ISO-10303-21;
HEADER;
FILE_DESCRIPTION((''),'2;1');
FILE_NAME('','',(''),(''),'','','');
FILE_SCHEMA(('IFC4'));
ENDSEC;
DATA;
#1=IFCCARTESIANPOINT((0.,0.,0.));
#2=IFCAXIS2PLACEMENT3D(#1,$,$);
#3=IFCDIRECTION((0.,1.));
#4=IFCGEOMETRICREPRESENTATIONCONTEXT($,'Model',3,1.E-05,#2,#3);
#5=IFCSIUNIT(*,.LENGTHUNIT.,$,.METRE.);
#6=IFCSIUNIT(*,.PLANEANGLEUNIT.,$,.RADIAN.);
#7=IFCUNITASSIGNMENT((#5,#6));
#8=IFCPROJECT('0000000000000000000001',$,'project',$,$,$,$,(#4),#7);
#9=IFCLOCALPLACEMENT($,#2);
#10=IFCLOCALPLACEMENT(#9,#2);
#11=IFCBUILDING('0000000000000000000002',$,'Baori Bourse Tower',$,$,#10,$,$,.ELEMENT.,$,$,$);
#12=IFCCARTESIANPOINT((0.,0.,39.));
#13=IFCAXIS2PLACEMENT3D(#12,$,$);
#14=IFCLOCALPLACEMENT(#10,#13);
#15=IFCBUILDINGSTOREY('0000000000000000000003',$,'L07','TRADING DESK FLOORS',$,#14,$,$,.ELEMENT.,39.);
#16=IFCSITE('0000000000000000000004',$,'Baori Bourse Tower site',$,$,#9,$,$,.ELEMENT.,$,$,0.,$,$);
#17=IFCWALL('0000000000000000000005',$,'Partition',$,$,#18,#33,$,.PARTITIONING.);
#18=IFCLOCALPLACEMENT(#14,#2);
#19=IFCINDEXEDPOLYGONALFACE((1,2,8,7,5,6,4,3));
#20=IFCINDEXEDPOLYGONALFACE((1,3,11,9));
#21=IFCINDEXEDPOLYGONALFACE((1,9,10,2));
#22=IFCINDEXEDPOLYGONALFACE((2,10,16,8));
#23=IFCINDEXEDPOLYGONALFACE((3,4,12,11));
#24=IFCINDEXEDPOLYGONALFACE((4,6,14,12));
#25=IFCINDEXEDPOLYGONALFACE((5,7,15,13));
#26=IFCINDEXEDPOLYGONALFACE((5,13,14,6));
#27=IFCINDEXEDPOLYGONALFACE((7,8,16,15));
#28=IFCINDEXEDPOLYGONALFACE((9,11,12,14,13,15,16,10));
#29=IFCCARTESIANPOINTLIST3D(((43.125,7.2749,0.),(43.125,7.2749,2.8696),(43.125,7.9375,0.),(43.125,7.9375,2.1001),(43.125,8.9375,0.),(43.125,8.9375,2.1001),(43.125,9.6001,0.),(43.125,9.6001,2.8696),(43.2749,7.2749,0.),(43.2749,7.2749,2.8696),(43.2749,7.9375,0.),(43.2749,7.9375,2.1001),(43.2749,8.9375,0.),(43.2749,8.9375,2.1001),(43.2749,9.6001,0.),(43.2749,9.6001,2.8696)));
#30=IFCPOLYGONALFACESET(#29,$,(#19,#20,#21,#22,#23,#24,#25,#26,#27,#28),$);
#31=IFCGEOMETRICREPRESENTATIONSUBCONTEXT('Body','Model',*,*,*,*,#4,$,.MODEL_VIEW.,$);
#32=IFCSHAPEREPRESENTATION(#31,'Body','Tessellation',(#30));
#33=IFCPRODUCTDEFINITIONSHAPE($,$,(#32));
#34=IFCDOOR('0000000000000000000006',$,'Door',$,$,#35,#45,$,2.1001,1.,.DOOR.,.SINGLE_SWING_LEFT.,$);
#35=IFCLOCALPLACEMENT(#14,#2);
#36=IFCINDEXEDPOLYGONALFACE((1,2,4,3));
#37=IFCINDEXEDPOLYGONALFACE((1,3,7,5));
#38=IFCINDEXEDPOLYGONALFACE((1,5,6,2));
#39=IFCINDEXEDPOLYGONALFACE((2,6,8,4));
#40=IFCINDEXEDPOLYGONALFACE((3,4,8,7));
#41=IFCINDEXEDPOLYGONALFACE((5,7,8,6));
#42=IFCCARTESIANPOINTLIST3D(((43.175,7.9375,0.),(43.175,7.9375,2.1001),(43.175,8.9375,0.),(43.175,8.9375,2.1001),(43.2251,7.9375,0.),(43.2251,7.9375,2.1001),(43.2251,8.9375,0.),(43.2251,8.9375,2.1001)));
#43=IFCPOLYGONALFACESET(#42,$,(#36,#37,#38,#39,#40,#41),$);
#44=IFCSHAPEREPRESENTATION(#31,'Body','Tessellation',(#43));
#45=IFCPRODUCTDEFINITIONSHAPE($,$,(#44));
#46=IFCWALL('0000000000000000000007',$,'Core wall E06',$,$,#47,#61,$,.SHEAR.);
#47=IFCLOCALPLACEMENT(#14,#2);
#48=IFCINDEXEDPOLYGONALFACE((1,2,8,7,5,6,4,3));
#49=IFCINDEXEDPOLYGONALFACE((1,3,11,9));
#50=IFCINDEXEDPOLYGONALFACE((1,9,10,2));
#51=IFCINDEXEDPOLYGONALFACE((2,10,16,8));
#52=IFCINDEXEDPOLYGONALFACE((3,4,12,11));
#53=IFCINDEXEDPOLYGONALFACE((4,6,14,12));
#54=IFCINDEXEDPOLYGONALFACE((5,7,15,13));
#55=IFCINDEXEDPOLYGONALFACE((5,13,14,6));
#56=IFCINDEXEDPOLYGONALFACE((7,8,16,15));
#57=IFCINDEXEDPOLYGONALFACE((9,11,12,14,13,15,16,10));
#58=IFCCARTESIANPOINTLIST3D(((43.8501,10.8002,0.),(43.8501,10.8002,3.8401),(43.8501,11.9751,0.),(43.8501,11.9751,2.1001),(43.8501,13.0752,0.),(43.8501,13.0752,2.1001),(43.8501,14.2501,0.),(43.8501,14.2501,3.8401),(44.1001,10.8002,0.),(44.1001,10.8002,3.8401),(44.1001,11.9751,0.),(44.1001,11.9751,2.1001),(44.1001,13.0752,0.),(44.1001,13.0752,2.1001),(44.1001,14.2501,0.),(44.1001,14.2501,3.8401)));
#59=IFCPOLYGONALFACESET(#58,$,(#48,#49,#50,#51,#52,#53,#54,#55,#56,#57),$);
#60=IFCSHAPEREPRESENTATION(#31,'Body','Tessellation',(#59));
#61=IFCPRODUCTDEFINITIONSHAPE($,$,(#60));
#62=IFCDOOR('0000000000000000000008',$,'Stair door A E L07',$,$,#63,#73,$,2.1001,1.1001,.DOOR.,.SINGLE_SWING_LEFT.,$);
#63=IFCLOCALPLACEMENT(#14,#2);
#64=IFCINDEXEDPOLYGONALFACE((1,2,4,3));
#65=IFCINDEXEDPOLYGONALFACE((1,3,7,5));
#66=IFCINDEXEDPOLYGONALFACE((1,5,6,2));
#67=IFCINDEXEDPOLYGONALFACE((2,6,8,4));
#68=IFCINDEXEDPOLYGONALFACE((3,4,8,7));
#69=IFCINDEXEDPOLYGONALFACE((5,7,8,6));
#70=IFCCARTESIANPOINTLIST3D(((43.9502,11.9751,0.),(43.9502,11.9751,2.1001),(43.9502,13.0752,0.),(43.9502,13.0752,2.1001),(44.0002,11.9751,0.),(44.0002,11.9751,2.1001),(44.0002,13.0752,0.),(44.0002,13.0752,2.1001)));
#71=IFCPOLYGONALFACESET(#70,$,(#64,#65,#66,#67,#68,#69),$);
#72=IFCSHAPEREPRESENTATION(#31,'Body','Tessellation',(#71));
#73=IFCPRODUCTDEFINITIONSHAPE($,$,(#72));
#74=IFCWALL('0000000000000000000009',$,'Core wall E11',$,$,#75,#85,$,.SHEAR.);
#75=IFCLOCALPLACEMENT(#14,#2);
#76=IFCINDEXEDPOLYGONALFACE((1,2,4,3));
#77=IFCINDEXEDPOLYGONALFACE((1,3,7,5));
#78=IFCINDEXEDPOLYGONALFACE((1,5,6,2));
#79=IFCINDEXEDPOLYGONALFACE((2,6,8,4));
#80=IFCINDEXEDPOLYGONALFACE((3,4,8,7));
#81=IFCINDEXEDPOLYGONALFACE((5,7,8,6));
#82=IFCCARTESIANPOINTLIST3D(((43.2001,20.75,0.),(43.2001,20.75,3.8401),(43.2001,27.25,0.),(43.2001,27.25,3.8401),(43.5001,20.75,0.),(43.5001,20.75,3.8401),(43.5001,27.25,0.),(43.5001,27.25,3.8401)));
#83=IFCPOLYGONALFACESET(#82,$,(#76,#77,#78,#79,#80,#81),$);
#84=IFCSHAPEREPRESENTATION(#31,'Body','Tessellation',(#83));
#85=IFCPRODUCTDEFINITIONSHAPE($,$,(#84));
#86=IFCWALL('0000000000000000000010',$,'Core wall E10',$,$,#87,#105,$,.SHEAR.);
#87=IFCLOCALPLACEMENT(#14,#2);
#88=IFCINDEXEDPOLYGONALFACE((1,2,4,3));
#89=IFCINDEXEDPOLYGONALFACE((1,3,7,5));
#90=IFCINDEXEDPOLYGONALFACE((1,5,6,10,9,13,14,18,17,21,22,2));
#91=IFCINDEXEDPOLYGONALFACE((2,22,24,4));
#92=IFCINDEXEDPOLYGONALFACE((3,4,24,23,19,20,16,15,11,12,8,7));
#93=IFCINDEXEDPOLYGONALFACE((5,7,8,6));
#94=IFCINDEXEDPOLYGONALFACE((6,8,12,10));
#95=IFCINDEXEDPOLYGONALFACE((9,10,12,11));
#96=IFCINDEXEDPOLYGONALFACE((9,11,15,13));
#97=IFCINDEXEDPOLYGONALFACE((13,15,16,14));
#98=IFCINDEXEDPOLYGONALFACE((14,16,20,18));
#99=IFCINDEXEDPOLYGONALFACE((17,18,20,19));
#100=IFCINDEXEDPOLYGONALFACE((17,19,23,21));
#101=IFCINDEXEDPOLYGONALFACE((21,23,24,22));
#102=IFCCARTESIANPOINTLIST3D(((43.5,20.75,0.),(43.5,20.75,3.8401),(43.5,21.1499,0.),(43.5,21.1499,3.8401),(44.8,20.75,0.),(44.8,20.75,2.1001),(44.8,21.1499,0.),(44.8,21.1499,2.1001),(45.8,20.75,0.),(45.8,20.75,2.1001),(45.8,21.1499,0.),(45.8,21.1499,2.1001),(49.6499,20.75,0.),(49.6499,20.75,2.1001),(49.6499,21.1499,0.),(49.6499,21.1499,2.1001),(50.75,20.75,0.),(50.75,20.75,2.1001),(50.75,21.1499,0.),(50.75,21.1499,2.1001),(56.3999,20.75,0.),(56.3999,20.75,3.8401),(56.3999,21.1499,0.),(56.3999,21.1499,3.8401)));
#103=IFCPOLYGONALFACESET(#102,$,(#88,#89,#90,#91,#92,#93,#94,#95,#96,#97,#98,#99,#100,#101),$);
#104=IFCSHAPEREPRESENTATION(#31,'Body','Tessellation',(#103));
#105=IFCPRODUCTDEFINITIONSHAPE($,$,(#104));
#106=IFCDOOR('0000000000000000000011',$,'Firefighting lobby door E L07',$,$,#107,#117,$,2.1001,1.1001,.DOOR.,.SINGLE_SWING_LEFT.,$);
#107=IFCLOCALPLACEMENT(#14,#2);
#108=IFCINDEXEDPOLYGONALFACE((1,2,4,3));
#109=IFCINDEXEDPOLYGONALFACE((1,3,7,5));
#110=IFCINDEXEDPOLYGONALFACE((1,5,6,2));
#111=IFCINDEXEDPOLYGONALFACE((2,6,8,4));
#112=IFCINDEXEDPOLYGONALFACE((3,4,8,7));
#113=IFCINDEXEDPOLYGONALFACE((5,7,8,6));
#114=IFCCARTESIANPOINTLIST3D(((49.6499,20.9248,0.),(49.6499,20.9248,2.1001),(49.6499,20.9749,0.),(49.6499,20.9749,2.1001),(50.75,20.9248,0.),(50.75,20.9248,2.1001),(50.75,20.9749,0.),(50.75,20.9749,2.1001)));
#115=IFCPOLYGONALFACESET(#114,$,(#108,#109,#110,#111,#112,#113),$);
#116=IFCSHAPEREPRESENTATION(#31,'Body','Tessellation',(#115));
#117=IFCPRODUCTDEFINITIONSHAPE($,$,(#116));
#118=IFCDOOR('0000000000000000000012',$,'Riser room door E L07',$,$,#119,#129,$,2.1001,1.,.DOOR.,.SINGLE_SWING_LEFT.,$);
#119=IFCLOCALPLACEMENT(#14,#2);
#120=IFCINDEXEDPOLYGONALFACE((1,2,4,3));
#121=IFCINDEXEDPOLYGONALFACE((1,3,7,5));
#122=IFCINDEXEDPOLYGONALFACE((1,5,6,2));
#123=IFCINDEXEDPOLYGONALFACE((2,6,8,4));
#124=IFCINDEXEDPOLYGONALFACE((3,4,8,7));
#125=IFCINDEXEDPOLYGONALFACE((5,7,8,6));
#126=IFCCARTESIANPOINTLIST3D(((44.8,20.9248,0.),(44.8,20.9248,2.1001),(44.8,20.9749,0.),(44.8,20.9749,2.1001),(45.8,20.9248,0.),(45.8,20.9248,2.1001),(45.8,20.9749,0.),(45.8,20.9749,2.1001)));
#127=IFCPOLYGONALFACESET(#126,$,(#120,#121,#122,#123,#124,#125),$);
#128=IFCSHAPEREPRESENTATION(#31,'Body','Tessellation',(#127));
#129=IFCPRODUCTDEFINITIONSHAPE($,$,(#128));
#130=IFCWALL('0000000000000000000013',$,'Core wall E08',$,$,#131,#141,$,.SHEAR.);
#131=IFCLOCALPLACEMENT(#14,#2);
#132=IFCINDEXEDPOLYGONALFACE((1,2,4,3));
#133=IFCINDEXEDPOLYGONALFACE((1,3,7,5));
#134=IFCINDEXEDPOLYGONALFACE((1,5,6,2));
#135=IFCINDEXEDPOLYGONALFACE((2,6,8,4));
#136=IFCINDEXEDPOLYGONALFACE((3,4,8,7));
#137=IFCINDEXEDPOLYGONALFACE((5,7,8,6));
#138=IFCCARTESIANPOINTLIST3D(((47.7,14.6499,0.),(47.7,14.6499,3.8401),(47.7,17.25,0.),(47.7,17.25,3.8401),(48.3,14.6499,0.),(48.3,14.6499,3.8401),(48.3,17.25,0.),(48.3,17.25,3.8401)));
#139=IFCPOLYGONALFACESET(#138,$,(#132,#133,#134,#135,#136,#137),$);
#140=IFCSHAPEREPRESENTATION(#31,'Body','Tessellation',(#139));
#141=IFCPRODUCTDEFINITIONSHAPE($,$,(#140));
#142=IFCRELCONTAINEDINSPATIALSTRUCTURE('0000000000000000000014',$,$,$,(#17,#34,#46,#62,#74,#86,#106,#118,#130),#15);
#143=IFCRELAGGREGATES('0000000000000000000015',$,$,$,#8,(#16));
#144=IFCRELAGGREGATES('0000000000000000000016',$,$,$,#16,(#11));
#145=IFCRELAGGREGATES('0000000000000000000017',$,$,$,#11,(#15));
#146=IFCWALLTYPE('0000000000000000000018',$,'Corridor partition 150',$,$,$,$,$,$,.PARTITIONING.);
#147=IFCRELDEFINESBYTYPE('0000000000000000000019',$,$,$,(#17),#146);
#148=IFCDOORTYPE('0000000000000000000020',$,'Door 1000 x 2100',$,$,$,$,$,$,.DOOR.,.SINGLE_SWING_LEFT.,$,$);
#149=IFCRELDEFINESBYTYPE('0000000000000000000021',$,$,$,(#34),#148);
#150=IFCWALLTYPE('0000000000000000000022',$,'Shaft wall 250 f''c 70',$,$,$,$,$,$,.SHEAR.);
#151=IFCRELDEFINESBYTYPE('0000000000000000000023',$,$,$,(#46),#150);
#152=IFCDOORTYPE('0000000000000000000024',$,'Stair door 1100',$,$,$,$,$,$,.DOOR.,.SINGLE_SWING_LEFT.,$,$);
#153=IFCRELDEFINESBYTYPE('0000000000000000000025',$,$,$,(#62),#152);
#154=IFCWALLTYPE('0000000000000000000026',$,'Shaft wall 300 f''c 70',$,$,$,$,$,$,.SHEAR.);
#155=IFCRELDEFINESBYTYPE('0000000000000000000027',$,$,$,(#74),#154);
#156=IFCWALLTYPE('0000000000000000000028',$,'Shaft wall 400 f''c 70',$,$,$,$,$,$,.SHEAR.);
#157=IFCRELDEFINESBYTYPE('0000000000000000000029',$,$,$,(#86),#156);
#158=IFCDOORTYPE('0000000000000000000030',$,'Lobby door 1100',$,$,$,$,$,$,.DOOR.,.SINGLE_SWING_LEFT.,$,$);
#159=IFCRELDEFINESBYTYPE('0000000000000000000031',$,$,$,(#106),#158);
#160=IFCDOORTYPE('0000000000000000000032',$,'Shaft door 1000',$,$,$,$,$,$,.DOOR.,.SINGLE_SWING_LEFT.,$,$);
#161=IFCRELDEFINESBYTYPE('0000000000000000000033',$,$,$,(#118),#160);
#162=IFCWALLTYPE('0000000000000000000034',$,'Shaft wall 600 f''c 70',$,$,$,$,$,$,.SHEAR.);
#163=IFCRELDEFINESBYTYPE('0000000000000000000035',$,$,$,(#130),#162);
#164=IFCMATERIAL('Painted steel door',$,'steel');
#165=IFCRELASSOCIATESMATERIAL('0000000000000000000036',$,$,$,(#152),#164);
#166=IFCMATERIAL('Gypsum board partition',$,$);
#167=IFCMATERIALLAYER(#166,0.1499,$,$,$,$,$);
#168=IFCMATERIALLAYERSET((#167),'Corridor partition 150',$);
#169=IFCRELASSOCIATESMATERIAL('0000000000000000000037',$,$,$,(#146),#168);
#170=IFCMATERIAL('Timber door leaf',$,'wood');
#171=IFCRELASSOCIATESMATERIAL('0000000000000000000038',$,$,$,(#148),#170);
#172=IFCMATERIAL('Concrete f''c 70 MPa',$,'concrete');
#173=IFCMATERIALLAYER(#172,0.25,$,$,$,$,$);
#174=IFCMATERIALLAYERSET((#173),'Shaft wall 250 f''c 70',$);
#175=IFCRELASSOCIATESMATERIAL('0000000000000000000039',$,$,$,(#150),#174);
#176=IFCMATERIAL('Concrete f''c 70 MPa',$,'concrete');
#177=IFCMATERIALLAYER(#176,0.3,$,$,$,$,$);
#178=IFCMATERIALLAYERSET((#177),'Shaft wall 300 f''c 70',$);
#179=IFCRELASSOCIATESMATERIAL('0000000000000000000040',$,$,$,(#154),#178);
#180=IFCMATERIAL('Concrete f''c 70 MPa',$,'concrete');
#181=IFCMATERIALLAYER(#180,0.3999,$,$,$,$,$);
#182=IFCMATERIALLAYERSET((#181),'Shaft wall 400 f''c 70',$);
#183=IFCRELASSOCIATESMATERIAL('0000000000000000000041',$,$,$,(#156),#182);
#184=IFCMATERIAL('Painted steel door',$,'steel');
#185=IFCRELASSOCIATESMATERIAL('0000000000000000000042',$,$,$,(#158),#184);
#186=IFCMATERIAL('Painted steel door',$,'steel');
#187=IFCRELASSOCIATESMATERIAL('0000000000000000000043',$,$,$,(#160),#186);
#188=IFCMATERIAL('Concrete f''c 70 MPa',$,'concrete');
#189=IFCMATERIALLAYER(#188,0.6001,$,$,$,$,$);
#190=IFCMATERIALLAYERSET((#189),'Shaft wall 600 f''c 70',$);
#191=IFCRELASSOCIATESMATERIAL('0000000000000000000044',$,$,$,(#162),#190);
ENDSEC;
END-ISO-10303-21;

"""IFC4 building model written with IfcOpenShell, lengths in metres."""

from ifc_helpers import new_model, si_unit, direction, frame, frame_2d, origin, place, context, subcontext, project, spatial, rectangle, extrude, material, layer, layer_set, type_object, element, fill, save


model = new_model("IFC4")

# Units and contexts
model_context = context("Model", 3, precision=1e-05, world=origin(), true_north=direction((0.0, 1.0)))
body_context = subcontext(model_context, "Body", "Model", "MODEL_VIEW")
ifc_project = project(units=[si_unit("LENGTHUNIT", "METRE"), si_unit("PLANEANGLEUNIT", "RADIAN")], contexts=[model_context])

# Site, building, storey
site_placement = place(None, origin())
site = spatial("IfcSite", under=ifc_project, at=site_placement, Name="Baori Bourse Tower site", CompositionType="ELEMENT", RefElevation=0.0)
building_placement = place(site_placement, origin())
building = spatial("IfcBuilding", under=site, at=building_placement, Name="Baori Bourse Tower", CompositionType="ELEMENT")
storey_placement = place(building_placement, frame((0.0, 0.0, 39.0)))
storey = spatial("IfcBuildingStorey", under=building, at=storey_placement, Name="L07", Description="TRADING DESK FLOORS", CompositionType="ELEMENT", Elevation=39.0)

# Walls, openings, doors
ifc_material_1 = material(Name="Painted steel door", Category="steel")
door_type_1 = type_object("IfcDoorType", Name="Stair door 1100", OperationType="SINGLE_SWING_LEFT", PredefinedType="DOOR", material=ifc_material_1)
ifc_material_2 = material(Name="Gypsum board partition")
ifc_layer_1 = layer(ifc_material_2, 0.1499)
ifc_layer_set_1 = layer_set([ifc_layer_1], Name="Corridor partition 150")
wall_type_1 = type_object("IfcWallType", Name="Corridor partition 150", PredefinedType="PARTITIONING", material=ifc_layer_set_1)
wall_1_placement = place(storey_placement, frame((43.2, 7.2749, 0.0), z_axis=(0.0, 0.0, 1.0), x_axis=(0.0, 1.0, 0.0)))
wall_1 = element("IfcWall", 1, at=wall_1_placement, inside=storey, type_object=wall_type_1, Name="Partition", PredefinedType="PARTITIONING", context=body_context, shape_type="SweptSolid", body=[
    extrude(rectangle(XDim=2.3252, YDim=0.1499, at=frame_2d((1.1626, 0.0))), origin(), (0.0, 0.0, 1.0), 2.8696),
])
opening_1_placement = place(wall_1_placement, frame((0.6626, 0.0, 0.0)))
opening_1 = element("IfcOpeningElement", 2, at=opening_1_placement, cuts=wall_1, PredefinedType="OPENING", context=body_context, shape_type="SweptSolid", body=[
    extrude(rectangle(XDim=1.0, YDim=2.1001, at=frame_2d((0.5, 1.05))), frame((0.0, 0.085, 0.0), z_axis=(0.0, -1.0, 0.0), x_axis=(1.0, 0.0, 0.0)), (0.0, 0.0, 1.0), 0.1699),
])
ifc_material_3 = material(Name="Timber door leaf", Category="wood")
door_type_2 = type_object("IfcDoorType", Name="Door 1000 x 2100", OperationType="SINGLE_SWING_LEFT", PredefinedType="DOOR", material=ifc_material_3)
door_1_placement = place(opening_1_placement, origin())
door_1 = element("IfcDoor", 3, at=door_1_placement, inside=storey, type_object=door_type_2, Name="Door", OperationType="SINGLE_SWING_LEFT", OverallHeight=2.1001, OverallWidth=1.0, PredefinedType="DOOR", context=body_context, shape_type="SweptSolid", body=[
    extrude(rectangle(XDim=1.0, YDim=2.1001, at=frame_2d((0.5, 1.05))), frame((0.0, 0.0249, 0.0), z_axis=(0.0, -1.0, 0.0), x_axis=(1.0, 0.0, 0.0)), (0.0, 0.0, 1.0), 0.05),
])
fill(opening_1, door_1)
ifc_material_4 = material(Name="Concrete f'c 70 MPa", Category="concrete")
ifc_layer_2 = layer(ifc_material_4, 0.25)
ifc_layer_set_2 = layer_set([ifc_layer_2], Name="Shaft wall 250 f'c 70")
wall_type_2 = type_object("IfcWallType", Name="Shaft wall 250 f'c 70", PredefinedType="SHEAR", material=ifc_layer_set_2)
wall_2_placement = place(storey_placement, frame((43.9751, 10.8, 0.0), z_axis=(0.0, 0.0, 1.0), x_axis=(0.0, 1.0, 0.0)))
wall_2 = element("IfcWall", 4, at=wall_2_placement, inside=storey, type_object=wall_type_2, Name="Core wall E06", PredefinedType="SHEAR", context=body_context, shape_type="SweptSolid", body=[
    extrude(rectangle(XDim=3.45, YDim=0.25, at=frame_2d((1.7251, 0.0))), origin(), (0.0, 0.0, 1.0), 3.8401),
])
opening_2_placement = place(wall_2_placement, frame((1.175, 0.0, 0.0)))
opening_2 = element("IfcOpeningElement", 5, at=opening_2_placement, cuts=wall_2, PredefinedType="OPENING", context=body_context, shape_type="SweptSolid", body=[
    extrude(rectangle(XDim=1.1001, YDim=2.1001, at=frame_2d((0.55, 1.05))), frame((0.0, 0.135, 0.0), z_axis=(0.0, -1.0, 0.0), x_axis=(1.0, 0.0, 0.0)), (0.0, 0.0, 1.0), 0.27),
])
door_2_placement = place(opening_2_placement, origin())
door_2 = element("IfcDoor", 6, at=door_2_placement, inside=storey, type_object=door_type_1, Name="Stair door A E L07", OperationType="SINGLE_SWING_LEFT", OverallHeight=2.1001, OverallWidth=1.1001, PredefinedType="DOOR", context=body_context, shape_type="SweptSolid", body=[
    extrude(rectangle(XDim=1.1001, YDim=2.1001, at=frame_2d((0.55, 1.05))), frame((0.0, 0.0249, 0.0), z_axis=(0.0, -1.0, 0.0), x_axis=(1.0, 0.0, 0.0)), (0.0, 0.0, 1.0), 0.05),
])
fill(opening_2, door_2)

# Wall
ifc_material_5 = material(Name="Concrete f'c 70 MPa", Category="concrete")
ifc_layer_3 = layer(ifc_material_5, 0.3)
ifc_layer_set_3 = layer_set([ifc_layer_3], Name="Shaft wall 300 f'c 70")
wall_type_3 = type_object("IfcWallType", Name="Shaft wall 300 f'c 70", PredefinedType="SHEAR", material=ifc_layer_set_3)
wall_3_placement = place(storey_placement, frame((43.3501, 20.75, 0.0), z_axis=(0.0, 0.0, 1.0), x_axis=(0.0, 1.0, 0.0)))
element("IfcWall", 7, at=wall_3_placement, inside=storey, type_object=wall_type_3, Name="Core wall E11", PredefinedType="SHEAR", context=body_context, shape_type="SweptSolid", body=[
    extrude(rectangle(XDim=6.5, YDim=0.3, at=frame_2d((3.25, 0.0))), origin(), (0.0, 0.0, 1.0), 3.8401),
])

# Wall, openings, doors
ifc_material_6 = material(Name="Concrete f'c 70 MPa", Category="concrete")
ifc_layer_4 = layer(ifc_material_6, 0.3999)
ifc_layer_set_4 = layer_set([ifc_layer_4], Name="Shaft wall 400 f'c 70")
wall_type_4 = type_object("IfcWallType", Name="Shaft wall 400 f'c 70", PredefinedType="SHEAR", material=ifc_layer_set_4)
wall_4_placement = place(storey_placement, frame((43.5, 20.95, 0.0), z_axis=(0.0, 0.0, 1.0), x_axis=(1.0, 0.0, 0.0)))
wall_4 = element("IfcWall", 8, at=wall_4_placement, inside=storey, type_object=wall_type_4, Name="Core wall E10", PredefinedType="SHEAR", context=body_context, shape_type="SweptSolid", body=[
    extrude(rectangle(XDim=12.8999, YDim=0.3999, at=frame_2d((6.45, 0.0))), origin(), (0.0, 0.0, 1.0), 3.8401),
])
opening_3_placement = place(wall_4_placement, frame((6.1499, 0.0, 0.0)))
opening_3 = element("IfcOpeningElement", 9, at=opening_3_placement, cuts=wall_4, PredefinedType="OPENING", context=body_context, shape_type="SweptSolid", body=[
    extrude(rectangle(XDim=1.1001, YDim=2.1001, at=frame_2d((0.55, 1.05))), frame((0.0, 0.21, 0.0), z_axis=(0.0, -1.0, 0.0), x_axis=(1.0, 0.0, 0.0)), (0.0, 0.0, 1.0), 0.4199),
])
opening_4_placement = place(wall_4_placement, frame((1.3, 0.0, 0.0)))
opening_4 = element("IfcOpeningElement", 10, at=opening_4_placement, cuts=wall_4, PredefinedType="OPENING", context=body_context, shape_type="SweptSolid", body=[
    extrude(rectangle(XDim=1.0, YDim=2.1001, at=frame_2d((0.5, 1.05))), frame((0.0, 0.21, 0.0), z_axis=(0.0, -1.0, 0.0), x_axis=(1.0, 0.0, 0.0)), (0.0, 0.0, 1.0), 0.4199),
])
ifc_material_7 = material(Name="Painted steel door", Category="steel")
door_type_3 = type_object("IfcDoorType", Name="Lobby door 1100", OperationType="SINGLE_SWING_LEFT", PredefinedType="DOOR", material=ifc_material_7)
door_3_placement = place(opening_3_placement, origin())
door_3 = element("IfcDoor", 11, at=door_3_placement, inside=storey, type_object=door_type_3, Name="Firefighting lobby door E L07", OperationType="SINGLE_SWING_LEFT", OverallHeight=2.1001, OverallWidth=1.1001, PredefinedType="DOOR", context=body_context, shape_type="SweptSolid", body=[
    extrude(rectangle(XDim=1.1001, YDim=2.1001, at=frame_2d((0.55, 1.05))), frame((0.0, 0.0249, 0.0), z_axis=(0.0, -1.0, 0.0), x_axis=(1.0, 0.0, 0.0)), (0.0, 0.0, 1.0), 0.05),
])
fill(opening_3, door_3)
ifc_material_8 = material(Name="Painted steel door", Category="steel")
door_type_4 = type_object("IfcDoorType", Name="Shaft door 1000", OperationType="SINGLE_SWING_LEFT", PredefinedType="DOOR", material=ifc_material_8)
door_4_placement = place(opening_4_placement, origin())
door_4 = element("IfcDoor", 12, at=door_4_placement, inside=storey, type_object=door_type_4, Name="Riser room door E L07", OperationType="SINGLE_SWING_LEFT", OverallHeight=2.1001, OverallWidth=1.0, PredefinedType="DOOR", context=body_context, shape_type="SweptSolid", body=[
    extrude(rectangle(XDim=1.0, YDim=2.1001, at=frame_2d((0.5, 1.05))), frame((0.0, 0.0249, 0.0), z_axis=(0.0, -1.0, 0.0), x_axis=(1.0, 0.0, 0.0)), (0.0, 0.0, 1.0), 0.05),
])
fill(opening_4, door_4)

# Wall
ifc_material_9 = material(Name="Concrete f'c 70 MPa", Category="concrete")
ifc_layer_5 = layer(ifc_material_9, 0.6001)
ifc_layer_set_5 = layer_set([ifc_layer_5], Name="Shaft wall 600 f'c 70")
wall_type_5 = type_object("IfcWallType", Name="Shaft wall 600 f'c 70", PredefinedType="SHEAR", material=ifc_layer_set_5)
wall_5_placement = place(storey_placement, frame((48.0, 14.6499, 0.0), z_axis=(0.0, 0.0, 1.0), x_axis=(0.0, 1.0, 0.0)))
element("IfcWall", 13, at=wall_5_placement, inside=storey, type_object=wall_type_5, Name="Core wall E08", PredefinedType="SHEAR", context=body_context, shape_type="SweptSolid", body=[
    extrude(rectangle(XDim=2.6001, YDim=0.6001, at=frame_2d((1.3, 0.0))), origin(), (0.0, 0.0, 1.0), 3.8401),
])

save(model, "model.ifc")
